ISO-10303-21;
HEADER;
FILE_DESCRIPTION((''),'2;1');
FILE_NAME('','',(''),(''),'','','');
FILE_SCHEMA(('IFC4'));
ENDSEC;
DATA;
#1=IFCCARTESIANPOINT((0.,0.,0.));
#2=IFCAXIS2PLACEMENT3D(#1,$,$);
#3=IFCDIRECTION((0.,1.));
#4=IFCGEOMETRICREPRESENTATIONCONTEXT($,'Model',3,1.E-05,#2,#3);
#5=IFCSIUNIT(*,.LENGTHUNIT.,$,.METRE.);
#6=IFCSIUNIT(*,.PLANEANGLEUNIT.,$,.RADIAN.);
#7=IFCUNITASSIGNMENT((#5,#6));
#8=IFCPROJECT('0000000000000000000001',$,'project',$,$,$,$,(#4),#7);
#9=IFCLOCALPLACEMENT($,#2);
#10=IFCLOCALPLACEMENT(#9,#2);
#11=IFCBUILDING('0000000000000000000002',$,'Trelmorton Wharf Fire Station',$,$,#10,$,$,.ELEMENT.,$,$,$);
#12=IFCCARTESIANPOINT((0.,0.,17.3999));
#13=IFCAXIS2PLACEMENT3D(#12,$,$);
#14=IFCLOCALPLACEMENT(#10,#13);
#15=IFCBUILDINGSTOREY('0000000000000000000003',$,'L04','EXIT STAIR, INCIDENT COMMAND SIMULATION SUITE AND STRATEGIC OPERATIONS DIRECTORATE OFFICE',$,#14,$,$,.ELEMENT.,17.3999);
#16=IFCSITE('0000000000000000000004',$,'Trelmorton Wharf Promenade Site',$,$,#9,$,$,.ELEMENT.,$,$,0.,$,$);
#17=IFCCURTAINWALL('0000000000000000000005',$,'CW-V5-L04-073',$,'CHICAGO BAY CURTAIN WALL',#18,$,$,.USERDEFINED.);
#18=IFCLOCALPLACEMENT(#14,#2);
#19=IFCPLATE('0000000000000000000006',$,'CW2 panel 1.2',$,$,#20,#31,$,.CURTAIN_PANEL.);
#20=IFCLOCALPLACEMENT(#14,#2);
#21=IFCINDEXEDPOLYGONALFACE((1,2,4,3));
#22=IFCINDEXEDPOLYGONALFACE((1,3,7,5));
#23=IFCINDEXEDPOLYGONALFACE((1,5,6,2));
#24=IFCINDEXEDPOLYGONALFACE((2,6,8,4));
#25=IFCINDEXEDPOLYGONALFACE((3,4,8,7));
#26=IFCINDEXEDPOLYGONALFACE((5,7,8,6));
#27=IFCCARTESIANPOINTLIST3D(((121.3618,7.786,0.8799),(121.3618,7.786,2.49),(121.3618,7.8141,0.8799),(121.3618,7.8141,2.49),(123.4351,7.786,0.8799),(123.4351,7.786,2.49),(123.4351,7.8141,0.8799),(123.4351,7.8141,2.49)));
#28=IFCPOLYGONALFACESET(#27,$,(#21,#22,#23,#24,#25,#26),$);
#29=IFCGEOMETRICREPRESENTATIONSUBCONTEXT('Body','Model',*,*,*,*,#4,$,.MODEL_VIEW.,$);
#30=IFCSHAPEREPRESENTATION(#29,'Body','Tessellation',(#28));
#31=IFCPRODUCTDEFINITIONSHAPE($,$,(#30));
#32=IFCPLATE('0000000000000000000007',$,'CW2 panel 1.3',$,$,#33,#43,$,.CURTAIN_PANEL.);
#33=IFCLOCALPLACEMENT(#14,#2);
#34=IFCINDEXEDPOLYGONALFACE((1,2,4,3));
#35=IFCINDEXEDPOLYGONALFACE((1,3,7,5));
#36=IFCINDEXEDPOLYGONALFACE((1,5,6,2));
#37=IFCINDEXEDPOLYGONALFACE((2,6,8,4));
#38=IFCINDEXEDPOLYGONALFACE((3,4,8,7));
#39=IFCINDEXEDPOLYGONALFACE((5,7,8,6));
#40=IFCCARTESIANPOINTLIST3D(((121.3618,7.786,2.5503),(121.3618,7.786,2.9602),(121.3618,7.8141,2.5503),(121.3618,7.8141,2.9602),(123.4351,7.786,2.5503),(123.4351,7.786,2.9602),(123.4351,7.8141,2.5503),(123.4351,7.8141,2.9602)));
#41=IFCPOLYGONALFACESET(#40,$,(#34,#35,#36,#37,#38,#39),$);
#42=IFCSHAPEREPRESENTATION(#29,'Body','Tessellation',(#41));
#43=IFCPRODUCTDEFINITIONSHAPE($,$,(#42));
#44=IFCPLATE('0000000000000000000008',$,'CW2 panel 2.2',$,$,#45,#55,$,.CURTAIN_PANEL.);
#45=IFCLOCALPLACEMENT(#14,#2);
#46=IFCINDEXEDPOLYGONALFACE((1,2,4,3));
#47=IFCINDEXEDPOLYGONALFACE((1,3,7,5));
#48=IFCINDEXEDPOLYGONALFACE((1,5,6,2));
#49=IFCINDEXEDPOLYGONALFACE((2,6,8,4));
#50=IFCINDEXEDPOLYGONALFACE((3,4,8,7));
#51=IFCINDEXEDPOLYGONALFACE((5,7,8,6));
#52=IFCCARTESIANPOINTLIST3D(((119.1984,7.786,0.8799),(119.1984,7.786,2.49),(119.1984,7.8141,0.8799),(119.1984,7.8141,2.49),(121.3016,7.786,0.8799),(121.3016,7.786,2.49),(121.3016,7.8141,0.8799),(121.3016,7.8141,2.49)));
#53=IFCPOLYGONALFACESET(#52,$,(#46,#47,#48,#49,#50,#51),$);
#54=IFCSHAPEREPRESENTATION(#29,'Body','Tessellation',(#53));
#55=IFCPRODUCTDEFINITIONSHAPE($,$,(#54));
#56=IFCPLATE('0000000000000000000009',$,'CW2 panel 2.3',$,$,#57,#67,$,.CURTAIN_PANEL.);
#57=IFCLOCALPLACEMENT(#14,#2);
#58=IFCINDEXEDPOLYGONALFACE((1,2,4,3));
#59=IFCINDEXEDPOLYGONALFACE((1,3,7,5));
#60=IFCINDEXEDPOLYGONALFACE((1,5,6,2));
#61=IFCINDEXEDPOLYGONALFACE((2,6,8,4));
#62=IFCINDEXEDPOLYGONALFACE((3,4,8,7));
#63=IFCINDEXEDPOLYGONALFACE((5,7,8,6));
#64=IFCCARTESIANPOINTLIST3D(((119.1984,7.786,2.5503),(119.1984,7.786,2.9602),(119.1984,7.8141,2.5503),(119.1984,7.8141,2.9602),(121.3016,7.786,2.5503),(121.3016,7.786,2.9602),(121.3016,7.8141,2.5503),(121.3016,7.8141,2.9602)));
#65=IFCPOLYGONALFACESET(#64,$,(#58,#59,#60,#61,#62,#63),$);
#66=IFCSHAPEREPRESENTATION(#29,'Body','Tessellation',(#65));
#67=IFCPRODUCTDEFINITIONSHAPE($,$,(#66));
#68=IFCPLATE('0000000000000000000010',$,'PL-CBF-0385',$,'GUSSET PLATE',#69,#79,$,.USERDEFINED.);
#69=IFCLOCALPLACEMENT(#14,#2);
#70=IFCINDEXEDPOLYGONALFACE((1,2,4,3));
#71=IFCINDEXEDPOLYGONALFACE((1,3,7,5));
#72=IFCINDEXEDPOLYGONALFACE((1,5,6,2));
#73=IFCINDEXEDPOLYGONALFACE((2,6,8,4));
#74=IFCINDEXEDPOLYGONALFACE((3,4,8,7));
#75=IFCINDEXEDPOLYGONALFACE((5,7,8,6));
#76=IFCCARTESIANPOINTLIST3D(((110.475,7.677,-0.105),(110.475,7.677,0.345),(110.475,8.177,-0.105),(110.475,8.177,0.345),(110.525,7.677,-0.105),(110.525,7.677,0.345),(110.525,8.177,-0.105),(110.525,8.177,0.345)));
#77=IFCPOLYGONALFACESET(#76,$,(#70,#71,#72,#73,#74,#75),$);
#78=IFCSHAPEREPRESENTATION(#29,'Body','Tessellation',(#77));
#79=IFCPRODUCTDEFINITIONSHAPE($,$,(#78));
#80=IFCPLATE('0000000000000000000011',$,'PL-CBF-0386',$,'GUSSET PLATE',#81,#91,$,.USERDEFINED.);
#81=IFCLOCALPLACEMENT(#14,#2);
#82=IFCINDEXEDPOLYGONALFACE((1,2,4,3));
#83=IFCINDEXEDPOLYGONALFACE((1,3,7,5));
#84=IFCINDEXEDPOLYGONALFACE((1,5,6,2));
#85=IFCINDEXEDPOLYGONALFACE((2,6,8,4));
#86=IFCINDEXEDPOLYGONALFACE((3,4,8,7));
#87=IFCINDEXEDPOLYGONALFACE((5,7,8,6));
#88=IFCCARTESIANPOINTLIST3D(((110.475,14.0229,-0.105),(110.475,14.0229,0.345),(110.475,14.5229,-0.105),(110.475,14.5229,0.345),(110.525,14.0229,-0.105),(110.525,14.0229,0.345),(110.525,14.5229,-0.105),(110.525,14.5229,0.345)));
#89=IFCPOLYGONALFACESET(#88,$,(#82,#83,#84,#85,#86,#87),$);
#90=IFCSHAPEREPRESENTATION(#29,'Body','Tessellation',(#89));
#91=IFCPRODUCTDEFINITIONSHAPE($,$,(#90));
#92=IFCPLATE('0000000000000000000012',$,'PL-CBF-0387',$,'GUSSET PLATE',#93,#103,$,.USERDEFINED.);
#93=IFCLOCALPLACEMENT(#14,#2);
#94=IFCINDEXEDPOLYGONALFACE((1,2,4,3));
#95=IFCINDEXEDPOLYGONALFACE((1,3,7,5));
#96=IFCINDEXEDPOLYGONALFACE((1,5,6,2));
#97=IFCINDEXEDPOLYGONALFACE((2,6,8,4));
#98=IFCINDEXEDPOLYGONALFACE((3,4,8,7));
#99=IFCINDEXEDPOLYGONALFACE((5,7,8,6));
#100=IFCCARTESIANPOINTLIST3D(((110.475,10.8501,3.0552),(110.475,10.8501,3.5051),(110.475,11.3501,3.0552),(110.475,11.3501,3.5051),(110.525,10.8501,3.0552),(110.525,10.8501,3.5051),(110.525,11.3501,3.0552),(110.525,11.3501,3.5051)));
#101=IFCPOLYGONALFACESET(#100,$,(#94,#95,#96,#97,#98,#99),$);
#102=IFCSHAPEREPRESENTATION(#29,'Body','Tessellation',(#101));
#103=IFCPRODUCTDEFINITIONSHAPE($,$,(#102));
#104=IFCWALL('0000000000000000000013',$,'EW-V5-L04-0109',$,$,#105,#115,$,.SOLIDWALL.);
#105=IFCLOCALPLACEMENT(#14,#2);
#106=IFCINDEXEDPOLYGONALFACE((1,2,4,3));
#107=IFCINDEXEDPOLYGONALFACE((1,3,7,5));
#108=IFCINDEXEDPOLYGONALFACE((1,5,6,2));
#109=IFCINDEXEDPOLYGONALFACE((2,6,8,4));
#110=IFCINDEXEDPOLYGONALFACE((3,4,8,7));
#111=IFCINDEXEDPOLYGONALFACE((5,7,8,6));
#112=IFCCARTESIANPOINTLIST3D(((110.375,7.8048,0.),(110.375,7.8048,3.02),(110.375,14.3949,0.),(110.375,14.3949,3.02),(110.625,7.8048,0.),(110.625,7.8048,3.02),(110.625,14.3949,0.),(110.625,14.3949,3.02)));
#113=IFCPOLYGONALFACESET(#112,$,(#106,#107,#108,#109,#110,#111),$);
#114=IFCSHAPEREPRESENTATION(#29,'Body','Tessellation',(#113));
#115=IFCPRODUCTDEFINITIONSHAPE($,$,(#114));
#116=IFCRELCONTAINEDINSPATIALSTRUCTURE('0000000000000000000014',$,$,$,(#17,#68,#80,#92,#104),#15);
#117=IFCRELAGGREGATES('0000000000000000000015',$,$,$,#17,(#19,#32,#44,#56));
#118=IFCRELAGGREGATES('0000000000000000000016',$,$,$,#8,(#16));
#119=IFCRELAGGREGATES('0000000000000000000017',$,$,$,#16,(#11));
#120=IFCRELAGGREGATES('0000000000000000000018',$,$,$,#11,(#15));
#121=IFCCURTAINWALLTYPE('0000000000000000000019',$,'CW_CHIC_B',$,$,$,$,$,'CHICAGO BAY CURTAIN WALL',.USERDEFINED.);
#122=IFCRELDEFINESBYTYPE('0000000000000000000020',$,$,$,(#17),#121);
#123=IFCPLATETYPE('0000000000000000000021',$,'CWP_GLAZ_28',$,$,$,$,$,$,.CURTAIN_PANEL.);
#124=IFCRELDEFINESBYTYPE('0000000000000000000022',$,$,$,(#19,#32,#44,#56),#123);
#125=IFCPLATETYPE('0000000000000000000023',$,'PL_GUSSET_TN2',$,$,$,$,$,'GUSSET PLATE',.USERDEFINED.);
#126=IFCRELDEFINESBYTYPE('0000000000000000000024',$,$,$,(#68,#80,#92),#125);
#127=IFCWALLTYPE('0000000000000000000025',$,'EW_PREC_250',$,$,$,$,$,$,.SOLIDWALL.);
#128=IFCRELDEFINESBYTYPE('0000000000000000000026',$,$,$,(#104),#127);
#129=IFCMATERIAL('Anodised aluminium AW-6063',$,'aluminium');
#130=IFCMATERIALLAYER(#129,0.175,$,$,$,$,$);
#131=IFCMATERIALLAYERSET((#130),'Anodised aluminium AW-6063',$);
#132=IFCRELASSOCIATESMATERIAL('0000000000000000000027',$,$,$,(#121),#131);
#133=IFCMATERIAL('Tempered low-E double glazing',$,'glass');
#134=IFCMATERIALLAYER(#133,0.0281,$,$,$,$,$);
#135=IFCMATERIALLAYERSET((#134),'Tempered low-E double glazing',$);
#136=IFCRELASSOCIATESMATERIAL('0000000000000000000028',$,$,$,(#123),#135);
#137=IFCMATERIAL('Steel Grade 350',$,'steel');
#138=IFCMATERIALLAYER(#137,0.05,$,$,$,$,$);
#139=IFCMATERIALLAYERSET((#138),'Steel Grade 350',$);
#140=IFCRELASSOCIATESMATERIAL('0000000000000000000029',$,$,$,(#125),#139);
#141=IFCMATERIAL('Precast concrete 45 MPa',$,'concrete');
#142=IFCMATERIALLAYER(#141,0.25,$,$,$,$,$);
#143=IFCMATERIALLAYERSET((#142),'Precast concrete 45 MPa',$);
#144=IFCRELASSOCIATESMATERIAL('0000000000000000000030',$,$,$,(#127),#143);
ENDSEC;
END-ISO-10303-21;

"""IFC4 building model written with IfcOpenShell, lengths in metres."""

from ifc_helpers import new_model, si_unit, direction, frame, frame_2d, origin, origin_2d, place, context, subcontext, project, spatial, rectangle, extrude, material, layer, layer_set, type_object, element, aggregate, save


model = new_model("IFC4")

# Units and contexts
model_context = context("Model", 3, precision=1e-05, world=origin(), true_north=direction((0.0, 1.0)))
body_context = subcontext(model_context, "Body", "Model", "MODEL_VIEW")
ifc_project = project(units=[si_unit("LENGTHUNIT", "METRE"), si_unit("PLANEANGLEUNIT", "RADIAN")], contexts=[model_context])

# Site, building, storey
site_placement = place(None, origin())
site = spatial("IfcSite", under=ifc_project, at=site_placement, Name="Trelmorton Wharf Promenade Site", CompositionType="ELEMENT", RefElevation=0.0)
building_placement = place(site_placement, origin())
building = spatial("IfcBuilding", under=site, at=building_placement, Name="Trelmorton Wharf Fire Station", CompositionType="ELEMENT")
storey_placement = place(building_placement, frame((0.0, 0.0, 17.3999)))
storey = spatial("IfcBuildingStorey", under=building, at=storey_placement, Name="L04", Description="EXIT STAIR, INCIDENT COMMAND SIMULATION SUITE AND STRATEGIC OPERATIONS DIRECTORATE OFFICE", CompositionType="ELEMENT", Elevation=17.3999)

# Shared definitions
ifc_material_1 = material(Name="Steel Grade 350", Category="steel")

# Curtain wall, plates
ifc_material_2 = material(Name="Anodised aluminium AW-6063", Category="aluminium")
ifc_layer_1 = layer(ifc_material_2, 0.175)
ifc_layer_set_1 = layer_set([ifc_layer_1], Name="Anodised aluminium AW-6063")
curtain_wall_type = type_object("IfcCurtainWallType", Name="CW_CHIC_B", ElementType="CHICAGO BAY CURTAIN WALL", PredefinedType="USERDEFINED", material=ifc_layer_set_1)
curtain_wall_placement = place(storey_placement, origin())
curtain_wall = element("IfcCurtainWall", 1, at=curtain_wall_placement, inside=storey, type_object=curtain_wall_type, Name="CW-V5-L04-073", ObjectType="CHICAGO BAY CURTAIN WALL", PredefinedType="USERDEFINED")
ifc_material_3 = material(Name="Tempered low-E double glazing", Category="glass")
ifc_layer_2 = layer(ifc_material_3, 0.0281)
ifc_layer_set_2 = layer_set([ifc_layer_2], Name="Tempered low-E double glazing")
plate_type_1 = type_object("IfcPlateType", Name="CWP_GLAZ_28", PredefinedType="CURTAIN_PANEL", material=ifc_layer_set_2)
plate_1_placement = place(storey_placement, frame((122.3984, 7.8, 0.8799), z_axis=(0.0, 0.0, 1.0), x_axis=(-1.0, 0.0, 0.0)))
plate_1 = element("IfcPlate", 2, at=plate_1_placement, type_object=plate_type_1, Name="CW2 panel 1.2", PredefinedType="CURTAIN_PANEL", context=body_context, shape_type="SweptSolid", body=[
    extrude(rectangle(XDim=2.0732, YDim=0.0281, at=origin_2d()), origin(), (0.0, 0.0, 1.0), 1.6101),
])
plate_2_placement = place(storey_placement, frame((122.3984, 7.8, 2.5503), z_axis=(0.0, 0.0, 1.0), x_axis=(-1.0, 0.0, 0.0)))
plate_2 = element("IfcPlate", 3, at=plate_2_placement, type_object=plate_type_1, Name="CW2 panel 1.3", PredefinedType="CURTAIN_PANEL", context=body_context, shape_type="SweptSolid", body=[
    extrude(rectangle(XDim=2.0732, YDim=0.0281, at=origin_2d()), origin(), (0.0, 0.0, 1.0), 0.4099),
])
plate_3_placement = place(storey_placement, frame((120.25, 7.8, 0.8799), z_axis=(0.0, 0.0, 1.0), x_axis=(-1.0, 0.0, 0.0)))
plate_3 = element("IfcPlate", 4, at=plate_3_placement, type_object=plate_type_1, Name="CW2 panel 2.2", PredefinedType="CURTAIN_PANEL", context=body_context, shape_type="SweptSolid", body=[
    extrude(rectangle(XDim=2.1033, YDim=0.0281, at=origin_2d()), origin(), (0.0, 0.0, 1.0), 1.6101),
])
plate_4_placement = place(storey_placement, frame((120.25, 7.8, 2.5503), z_axis=(0.0, 0.0, 1.0), x_axis=(-1.0, 0.0, 0.0)))
plate_4 = element("IfcPlate", 5, at=plate_4_placement, type_object=plate_type_1, Name="CW2 panel 2.3", PredefinedType="CURTAIN_PANEL", context=body_context, shape_type="SweptSolid", body=[
    extrude(rectangle(XDim=2.1033, YDim=0.0281, at=origin_2d()), origin(), (0.0, 0.0, 1.0), 0.4099),
])
aggregate(curtain_wall, [plate_1, plate_2, plate_3, plate_4])

# Plates
ifc_layer_3 = layer(ifc_material_1, 0.05)
ifc_layer_set_3 = layer_set([ifc_layer_3], Name="Steel Grade 350")
plate_type_2 = type_object("IfcPlateType", Name="PL_GUSSET_TN2", ElementType="GUSSET PLATE", PredefinedType="USERDEFINED", material=ifc_layer_set_3)
for number, where, z_axis, x_axis, name in (
    (6, (110.5, 7.927, -0.105), (0.0, 0.0, 1.0), (1.0, 0.0, 0.0), "PL-CBF-0385"),
    (7, (110.5, 14.2729, -0.105), (0.0, 0.0, 1.0), (1.0, 0.0, 0.0), "PL-CBF-0386"),
    (8, (110.5, 11.1001, 3.0552), (0.0, 0.0, 1.0), (1.0, 0.0, 0.0), "PL-CBF-0387"),
):
    element("IfcPlate", number, at=place(storey_placement, frame(where, z_axis=z_axis, x_axis=x_axis)), inside=storey, type_object=plate_type_2, Name=name, ObjectType="GUSSET PLATE", PredefinedType="USERDEFINED", context=body_context, shape_type="SweptSolid", body=[
        extrude(rectangle(XDim=0.05, YDim=0.5, at=origin_2d()), origin(), (0.0, 0.0, 1.0), 0.45),
    ])

# Wall
ifc_material_4 = material(Name="Precast concrete 45 MPa", Category="concrete")
ifc_layer_4 = layer(ifc_material_4, 0.25)
ifc_layer_set_4 = layer_set([ifc_layer_4], Name="Precast concrete 45 MPa")
wall_type = type_object("IfcWallType", Name="EW_PREC_250", PredefinedType="SOLIDWALL", material=ifc_layer_set_4)
wall_placement = place(storey_placement, frame((110.5, 7.8049, 0.0), z_axis=(0.0, 0.0, 1.0), x_axis=(0.0, 1.0, 0.0)))
element("IfcWall", 9, at=wall_placement, inside=storey, type_object=wall_type, Name="EW-V5-L04-0109", PredefinedType="SOLIDWALL", context=body_context, shape_type="SweptSolid", body=[
    extrude(rectangle(XDim=6.5901, YDim=0.25, at=frame_2d((3.2949, 0.0))), origin(), (0.0, 0.0, 1.0), 3.02),
])

save(model, "model.ifc")
